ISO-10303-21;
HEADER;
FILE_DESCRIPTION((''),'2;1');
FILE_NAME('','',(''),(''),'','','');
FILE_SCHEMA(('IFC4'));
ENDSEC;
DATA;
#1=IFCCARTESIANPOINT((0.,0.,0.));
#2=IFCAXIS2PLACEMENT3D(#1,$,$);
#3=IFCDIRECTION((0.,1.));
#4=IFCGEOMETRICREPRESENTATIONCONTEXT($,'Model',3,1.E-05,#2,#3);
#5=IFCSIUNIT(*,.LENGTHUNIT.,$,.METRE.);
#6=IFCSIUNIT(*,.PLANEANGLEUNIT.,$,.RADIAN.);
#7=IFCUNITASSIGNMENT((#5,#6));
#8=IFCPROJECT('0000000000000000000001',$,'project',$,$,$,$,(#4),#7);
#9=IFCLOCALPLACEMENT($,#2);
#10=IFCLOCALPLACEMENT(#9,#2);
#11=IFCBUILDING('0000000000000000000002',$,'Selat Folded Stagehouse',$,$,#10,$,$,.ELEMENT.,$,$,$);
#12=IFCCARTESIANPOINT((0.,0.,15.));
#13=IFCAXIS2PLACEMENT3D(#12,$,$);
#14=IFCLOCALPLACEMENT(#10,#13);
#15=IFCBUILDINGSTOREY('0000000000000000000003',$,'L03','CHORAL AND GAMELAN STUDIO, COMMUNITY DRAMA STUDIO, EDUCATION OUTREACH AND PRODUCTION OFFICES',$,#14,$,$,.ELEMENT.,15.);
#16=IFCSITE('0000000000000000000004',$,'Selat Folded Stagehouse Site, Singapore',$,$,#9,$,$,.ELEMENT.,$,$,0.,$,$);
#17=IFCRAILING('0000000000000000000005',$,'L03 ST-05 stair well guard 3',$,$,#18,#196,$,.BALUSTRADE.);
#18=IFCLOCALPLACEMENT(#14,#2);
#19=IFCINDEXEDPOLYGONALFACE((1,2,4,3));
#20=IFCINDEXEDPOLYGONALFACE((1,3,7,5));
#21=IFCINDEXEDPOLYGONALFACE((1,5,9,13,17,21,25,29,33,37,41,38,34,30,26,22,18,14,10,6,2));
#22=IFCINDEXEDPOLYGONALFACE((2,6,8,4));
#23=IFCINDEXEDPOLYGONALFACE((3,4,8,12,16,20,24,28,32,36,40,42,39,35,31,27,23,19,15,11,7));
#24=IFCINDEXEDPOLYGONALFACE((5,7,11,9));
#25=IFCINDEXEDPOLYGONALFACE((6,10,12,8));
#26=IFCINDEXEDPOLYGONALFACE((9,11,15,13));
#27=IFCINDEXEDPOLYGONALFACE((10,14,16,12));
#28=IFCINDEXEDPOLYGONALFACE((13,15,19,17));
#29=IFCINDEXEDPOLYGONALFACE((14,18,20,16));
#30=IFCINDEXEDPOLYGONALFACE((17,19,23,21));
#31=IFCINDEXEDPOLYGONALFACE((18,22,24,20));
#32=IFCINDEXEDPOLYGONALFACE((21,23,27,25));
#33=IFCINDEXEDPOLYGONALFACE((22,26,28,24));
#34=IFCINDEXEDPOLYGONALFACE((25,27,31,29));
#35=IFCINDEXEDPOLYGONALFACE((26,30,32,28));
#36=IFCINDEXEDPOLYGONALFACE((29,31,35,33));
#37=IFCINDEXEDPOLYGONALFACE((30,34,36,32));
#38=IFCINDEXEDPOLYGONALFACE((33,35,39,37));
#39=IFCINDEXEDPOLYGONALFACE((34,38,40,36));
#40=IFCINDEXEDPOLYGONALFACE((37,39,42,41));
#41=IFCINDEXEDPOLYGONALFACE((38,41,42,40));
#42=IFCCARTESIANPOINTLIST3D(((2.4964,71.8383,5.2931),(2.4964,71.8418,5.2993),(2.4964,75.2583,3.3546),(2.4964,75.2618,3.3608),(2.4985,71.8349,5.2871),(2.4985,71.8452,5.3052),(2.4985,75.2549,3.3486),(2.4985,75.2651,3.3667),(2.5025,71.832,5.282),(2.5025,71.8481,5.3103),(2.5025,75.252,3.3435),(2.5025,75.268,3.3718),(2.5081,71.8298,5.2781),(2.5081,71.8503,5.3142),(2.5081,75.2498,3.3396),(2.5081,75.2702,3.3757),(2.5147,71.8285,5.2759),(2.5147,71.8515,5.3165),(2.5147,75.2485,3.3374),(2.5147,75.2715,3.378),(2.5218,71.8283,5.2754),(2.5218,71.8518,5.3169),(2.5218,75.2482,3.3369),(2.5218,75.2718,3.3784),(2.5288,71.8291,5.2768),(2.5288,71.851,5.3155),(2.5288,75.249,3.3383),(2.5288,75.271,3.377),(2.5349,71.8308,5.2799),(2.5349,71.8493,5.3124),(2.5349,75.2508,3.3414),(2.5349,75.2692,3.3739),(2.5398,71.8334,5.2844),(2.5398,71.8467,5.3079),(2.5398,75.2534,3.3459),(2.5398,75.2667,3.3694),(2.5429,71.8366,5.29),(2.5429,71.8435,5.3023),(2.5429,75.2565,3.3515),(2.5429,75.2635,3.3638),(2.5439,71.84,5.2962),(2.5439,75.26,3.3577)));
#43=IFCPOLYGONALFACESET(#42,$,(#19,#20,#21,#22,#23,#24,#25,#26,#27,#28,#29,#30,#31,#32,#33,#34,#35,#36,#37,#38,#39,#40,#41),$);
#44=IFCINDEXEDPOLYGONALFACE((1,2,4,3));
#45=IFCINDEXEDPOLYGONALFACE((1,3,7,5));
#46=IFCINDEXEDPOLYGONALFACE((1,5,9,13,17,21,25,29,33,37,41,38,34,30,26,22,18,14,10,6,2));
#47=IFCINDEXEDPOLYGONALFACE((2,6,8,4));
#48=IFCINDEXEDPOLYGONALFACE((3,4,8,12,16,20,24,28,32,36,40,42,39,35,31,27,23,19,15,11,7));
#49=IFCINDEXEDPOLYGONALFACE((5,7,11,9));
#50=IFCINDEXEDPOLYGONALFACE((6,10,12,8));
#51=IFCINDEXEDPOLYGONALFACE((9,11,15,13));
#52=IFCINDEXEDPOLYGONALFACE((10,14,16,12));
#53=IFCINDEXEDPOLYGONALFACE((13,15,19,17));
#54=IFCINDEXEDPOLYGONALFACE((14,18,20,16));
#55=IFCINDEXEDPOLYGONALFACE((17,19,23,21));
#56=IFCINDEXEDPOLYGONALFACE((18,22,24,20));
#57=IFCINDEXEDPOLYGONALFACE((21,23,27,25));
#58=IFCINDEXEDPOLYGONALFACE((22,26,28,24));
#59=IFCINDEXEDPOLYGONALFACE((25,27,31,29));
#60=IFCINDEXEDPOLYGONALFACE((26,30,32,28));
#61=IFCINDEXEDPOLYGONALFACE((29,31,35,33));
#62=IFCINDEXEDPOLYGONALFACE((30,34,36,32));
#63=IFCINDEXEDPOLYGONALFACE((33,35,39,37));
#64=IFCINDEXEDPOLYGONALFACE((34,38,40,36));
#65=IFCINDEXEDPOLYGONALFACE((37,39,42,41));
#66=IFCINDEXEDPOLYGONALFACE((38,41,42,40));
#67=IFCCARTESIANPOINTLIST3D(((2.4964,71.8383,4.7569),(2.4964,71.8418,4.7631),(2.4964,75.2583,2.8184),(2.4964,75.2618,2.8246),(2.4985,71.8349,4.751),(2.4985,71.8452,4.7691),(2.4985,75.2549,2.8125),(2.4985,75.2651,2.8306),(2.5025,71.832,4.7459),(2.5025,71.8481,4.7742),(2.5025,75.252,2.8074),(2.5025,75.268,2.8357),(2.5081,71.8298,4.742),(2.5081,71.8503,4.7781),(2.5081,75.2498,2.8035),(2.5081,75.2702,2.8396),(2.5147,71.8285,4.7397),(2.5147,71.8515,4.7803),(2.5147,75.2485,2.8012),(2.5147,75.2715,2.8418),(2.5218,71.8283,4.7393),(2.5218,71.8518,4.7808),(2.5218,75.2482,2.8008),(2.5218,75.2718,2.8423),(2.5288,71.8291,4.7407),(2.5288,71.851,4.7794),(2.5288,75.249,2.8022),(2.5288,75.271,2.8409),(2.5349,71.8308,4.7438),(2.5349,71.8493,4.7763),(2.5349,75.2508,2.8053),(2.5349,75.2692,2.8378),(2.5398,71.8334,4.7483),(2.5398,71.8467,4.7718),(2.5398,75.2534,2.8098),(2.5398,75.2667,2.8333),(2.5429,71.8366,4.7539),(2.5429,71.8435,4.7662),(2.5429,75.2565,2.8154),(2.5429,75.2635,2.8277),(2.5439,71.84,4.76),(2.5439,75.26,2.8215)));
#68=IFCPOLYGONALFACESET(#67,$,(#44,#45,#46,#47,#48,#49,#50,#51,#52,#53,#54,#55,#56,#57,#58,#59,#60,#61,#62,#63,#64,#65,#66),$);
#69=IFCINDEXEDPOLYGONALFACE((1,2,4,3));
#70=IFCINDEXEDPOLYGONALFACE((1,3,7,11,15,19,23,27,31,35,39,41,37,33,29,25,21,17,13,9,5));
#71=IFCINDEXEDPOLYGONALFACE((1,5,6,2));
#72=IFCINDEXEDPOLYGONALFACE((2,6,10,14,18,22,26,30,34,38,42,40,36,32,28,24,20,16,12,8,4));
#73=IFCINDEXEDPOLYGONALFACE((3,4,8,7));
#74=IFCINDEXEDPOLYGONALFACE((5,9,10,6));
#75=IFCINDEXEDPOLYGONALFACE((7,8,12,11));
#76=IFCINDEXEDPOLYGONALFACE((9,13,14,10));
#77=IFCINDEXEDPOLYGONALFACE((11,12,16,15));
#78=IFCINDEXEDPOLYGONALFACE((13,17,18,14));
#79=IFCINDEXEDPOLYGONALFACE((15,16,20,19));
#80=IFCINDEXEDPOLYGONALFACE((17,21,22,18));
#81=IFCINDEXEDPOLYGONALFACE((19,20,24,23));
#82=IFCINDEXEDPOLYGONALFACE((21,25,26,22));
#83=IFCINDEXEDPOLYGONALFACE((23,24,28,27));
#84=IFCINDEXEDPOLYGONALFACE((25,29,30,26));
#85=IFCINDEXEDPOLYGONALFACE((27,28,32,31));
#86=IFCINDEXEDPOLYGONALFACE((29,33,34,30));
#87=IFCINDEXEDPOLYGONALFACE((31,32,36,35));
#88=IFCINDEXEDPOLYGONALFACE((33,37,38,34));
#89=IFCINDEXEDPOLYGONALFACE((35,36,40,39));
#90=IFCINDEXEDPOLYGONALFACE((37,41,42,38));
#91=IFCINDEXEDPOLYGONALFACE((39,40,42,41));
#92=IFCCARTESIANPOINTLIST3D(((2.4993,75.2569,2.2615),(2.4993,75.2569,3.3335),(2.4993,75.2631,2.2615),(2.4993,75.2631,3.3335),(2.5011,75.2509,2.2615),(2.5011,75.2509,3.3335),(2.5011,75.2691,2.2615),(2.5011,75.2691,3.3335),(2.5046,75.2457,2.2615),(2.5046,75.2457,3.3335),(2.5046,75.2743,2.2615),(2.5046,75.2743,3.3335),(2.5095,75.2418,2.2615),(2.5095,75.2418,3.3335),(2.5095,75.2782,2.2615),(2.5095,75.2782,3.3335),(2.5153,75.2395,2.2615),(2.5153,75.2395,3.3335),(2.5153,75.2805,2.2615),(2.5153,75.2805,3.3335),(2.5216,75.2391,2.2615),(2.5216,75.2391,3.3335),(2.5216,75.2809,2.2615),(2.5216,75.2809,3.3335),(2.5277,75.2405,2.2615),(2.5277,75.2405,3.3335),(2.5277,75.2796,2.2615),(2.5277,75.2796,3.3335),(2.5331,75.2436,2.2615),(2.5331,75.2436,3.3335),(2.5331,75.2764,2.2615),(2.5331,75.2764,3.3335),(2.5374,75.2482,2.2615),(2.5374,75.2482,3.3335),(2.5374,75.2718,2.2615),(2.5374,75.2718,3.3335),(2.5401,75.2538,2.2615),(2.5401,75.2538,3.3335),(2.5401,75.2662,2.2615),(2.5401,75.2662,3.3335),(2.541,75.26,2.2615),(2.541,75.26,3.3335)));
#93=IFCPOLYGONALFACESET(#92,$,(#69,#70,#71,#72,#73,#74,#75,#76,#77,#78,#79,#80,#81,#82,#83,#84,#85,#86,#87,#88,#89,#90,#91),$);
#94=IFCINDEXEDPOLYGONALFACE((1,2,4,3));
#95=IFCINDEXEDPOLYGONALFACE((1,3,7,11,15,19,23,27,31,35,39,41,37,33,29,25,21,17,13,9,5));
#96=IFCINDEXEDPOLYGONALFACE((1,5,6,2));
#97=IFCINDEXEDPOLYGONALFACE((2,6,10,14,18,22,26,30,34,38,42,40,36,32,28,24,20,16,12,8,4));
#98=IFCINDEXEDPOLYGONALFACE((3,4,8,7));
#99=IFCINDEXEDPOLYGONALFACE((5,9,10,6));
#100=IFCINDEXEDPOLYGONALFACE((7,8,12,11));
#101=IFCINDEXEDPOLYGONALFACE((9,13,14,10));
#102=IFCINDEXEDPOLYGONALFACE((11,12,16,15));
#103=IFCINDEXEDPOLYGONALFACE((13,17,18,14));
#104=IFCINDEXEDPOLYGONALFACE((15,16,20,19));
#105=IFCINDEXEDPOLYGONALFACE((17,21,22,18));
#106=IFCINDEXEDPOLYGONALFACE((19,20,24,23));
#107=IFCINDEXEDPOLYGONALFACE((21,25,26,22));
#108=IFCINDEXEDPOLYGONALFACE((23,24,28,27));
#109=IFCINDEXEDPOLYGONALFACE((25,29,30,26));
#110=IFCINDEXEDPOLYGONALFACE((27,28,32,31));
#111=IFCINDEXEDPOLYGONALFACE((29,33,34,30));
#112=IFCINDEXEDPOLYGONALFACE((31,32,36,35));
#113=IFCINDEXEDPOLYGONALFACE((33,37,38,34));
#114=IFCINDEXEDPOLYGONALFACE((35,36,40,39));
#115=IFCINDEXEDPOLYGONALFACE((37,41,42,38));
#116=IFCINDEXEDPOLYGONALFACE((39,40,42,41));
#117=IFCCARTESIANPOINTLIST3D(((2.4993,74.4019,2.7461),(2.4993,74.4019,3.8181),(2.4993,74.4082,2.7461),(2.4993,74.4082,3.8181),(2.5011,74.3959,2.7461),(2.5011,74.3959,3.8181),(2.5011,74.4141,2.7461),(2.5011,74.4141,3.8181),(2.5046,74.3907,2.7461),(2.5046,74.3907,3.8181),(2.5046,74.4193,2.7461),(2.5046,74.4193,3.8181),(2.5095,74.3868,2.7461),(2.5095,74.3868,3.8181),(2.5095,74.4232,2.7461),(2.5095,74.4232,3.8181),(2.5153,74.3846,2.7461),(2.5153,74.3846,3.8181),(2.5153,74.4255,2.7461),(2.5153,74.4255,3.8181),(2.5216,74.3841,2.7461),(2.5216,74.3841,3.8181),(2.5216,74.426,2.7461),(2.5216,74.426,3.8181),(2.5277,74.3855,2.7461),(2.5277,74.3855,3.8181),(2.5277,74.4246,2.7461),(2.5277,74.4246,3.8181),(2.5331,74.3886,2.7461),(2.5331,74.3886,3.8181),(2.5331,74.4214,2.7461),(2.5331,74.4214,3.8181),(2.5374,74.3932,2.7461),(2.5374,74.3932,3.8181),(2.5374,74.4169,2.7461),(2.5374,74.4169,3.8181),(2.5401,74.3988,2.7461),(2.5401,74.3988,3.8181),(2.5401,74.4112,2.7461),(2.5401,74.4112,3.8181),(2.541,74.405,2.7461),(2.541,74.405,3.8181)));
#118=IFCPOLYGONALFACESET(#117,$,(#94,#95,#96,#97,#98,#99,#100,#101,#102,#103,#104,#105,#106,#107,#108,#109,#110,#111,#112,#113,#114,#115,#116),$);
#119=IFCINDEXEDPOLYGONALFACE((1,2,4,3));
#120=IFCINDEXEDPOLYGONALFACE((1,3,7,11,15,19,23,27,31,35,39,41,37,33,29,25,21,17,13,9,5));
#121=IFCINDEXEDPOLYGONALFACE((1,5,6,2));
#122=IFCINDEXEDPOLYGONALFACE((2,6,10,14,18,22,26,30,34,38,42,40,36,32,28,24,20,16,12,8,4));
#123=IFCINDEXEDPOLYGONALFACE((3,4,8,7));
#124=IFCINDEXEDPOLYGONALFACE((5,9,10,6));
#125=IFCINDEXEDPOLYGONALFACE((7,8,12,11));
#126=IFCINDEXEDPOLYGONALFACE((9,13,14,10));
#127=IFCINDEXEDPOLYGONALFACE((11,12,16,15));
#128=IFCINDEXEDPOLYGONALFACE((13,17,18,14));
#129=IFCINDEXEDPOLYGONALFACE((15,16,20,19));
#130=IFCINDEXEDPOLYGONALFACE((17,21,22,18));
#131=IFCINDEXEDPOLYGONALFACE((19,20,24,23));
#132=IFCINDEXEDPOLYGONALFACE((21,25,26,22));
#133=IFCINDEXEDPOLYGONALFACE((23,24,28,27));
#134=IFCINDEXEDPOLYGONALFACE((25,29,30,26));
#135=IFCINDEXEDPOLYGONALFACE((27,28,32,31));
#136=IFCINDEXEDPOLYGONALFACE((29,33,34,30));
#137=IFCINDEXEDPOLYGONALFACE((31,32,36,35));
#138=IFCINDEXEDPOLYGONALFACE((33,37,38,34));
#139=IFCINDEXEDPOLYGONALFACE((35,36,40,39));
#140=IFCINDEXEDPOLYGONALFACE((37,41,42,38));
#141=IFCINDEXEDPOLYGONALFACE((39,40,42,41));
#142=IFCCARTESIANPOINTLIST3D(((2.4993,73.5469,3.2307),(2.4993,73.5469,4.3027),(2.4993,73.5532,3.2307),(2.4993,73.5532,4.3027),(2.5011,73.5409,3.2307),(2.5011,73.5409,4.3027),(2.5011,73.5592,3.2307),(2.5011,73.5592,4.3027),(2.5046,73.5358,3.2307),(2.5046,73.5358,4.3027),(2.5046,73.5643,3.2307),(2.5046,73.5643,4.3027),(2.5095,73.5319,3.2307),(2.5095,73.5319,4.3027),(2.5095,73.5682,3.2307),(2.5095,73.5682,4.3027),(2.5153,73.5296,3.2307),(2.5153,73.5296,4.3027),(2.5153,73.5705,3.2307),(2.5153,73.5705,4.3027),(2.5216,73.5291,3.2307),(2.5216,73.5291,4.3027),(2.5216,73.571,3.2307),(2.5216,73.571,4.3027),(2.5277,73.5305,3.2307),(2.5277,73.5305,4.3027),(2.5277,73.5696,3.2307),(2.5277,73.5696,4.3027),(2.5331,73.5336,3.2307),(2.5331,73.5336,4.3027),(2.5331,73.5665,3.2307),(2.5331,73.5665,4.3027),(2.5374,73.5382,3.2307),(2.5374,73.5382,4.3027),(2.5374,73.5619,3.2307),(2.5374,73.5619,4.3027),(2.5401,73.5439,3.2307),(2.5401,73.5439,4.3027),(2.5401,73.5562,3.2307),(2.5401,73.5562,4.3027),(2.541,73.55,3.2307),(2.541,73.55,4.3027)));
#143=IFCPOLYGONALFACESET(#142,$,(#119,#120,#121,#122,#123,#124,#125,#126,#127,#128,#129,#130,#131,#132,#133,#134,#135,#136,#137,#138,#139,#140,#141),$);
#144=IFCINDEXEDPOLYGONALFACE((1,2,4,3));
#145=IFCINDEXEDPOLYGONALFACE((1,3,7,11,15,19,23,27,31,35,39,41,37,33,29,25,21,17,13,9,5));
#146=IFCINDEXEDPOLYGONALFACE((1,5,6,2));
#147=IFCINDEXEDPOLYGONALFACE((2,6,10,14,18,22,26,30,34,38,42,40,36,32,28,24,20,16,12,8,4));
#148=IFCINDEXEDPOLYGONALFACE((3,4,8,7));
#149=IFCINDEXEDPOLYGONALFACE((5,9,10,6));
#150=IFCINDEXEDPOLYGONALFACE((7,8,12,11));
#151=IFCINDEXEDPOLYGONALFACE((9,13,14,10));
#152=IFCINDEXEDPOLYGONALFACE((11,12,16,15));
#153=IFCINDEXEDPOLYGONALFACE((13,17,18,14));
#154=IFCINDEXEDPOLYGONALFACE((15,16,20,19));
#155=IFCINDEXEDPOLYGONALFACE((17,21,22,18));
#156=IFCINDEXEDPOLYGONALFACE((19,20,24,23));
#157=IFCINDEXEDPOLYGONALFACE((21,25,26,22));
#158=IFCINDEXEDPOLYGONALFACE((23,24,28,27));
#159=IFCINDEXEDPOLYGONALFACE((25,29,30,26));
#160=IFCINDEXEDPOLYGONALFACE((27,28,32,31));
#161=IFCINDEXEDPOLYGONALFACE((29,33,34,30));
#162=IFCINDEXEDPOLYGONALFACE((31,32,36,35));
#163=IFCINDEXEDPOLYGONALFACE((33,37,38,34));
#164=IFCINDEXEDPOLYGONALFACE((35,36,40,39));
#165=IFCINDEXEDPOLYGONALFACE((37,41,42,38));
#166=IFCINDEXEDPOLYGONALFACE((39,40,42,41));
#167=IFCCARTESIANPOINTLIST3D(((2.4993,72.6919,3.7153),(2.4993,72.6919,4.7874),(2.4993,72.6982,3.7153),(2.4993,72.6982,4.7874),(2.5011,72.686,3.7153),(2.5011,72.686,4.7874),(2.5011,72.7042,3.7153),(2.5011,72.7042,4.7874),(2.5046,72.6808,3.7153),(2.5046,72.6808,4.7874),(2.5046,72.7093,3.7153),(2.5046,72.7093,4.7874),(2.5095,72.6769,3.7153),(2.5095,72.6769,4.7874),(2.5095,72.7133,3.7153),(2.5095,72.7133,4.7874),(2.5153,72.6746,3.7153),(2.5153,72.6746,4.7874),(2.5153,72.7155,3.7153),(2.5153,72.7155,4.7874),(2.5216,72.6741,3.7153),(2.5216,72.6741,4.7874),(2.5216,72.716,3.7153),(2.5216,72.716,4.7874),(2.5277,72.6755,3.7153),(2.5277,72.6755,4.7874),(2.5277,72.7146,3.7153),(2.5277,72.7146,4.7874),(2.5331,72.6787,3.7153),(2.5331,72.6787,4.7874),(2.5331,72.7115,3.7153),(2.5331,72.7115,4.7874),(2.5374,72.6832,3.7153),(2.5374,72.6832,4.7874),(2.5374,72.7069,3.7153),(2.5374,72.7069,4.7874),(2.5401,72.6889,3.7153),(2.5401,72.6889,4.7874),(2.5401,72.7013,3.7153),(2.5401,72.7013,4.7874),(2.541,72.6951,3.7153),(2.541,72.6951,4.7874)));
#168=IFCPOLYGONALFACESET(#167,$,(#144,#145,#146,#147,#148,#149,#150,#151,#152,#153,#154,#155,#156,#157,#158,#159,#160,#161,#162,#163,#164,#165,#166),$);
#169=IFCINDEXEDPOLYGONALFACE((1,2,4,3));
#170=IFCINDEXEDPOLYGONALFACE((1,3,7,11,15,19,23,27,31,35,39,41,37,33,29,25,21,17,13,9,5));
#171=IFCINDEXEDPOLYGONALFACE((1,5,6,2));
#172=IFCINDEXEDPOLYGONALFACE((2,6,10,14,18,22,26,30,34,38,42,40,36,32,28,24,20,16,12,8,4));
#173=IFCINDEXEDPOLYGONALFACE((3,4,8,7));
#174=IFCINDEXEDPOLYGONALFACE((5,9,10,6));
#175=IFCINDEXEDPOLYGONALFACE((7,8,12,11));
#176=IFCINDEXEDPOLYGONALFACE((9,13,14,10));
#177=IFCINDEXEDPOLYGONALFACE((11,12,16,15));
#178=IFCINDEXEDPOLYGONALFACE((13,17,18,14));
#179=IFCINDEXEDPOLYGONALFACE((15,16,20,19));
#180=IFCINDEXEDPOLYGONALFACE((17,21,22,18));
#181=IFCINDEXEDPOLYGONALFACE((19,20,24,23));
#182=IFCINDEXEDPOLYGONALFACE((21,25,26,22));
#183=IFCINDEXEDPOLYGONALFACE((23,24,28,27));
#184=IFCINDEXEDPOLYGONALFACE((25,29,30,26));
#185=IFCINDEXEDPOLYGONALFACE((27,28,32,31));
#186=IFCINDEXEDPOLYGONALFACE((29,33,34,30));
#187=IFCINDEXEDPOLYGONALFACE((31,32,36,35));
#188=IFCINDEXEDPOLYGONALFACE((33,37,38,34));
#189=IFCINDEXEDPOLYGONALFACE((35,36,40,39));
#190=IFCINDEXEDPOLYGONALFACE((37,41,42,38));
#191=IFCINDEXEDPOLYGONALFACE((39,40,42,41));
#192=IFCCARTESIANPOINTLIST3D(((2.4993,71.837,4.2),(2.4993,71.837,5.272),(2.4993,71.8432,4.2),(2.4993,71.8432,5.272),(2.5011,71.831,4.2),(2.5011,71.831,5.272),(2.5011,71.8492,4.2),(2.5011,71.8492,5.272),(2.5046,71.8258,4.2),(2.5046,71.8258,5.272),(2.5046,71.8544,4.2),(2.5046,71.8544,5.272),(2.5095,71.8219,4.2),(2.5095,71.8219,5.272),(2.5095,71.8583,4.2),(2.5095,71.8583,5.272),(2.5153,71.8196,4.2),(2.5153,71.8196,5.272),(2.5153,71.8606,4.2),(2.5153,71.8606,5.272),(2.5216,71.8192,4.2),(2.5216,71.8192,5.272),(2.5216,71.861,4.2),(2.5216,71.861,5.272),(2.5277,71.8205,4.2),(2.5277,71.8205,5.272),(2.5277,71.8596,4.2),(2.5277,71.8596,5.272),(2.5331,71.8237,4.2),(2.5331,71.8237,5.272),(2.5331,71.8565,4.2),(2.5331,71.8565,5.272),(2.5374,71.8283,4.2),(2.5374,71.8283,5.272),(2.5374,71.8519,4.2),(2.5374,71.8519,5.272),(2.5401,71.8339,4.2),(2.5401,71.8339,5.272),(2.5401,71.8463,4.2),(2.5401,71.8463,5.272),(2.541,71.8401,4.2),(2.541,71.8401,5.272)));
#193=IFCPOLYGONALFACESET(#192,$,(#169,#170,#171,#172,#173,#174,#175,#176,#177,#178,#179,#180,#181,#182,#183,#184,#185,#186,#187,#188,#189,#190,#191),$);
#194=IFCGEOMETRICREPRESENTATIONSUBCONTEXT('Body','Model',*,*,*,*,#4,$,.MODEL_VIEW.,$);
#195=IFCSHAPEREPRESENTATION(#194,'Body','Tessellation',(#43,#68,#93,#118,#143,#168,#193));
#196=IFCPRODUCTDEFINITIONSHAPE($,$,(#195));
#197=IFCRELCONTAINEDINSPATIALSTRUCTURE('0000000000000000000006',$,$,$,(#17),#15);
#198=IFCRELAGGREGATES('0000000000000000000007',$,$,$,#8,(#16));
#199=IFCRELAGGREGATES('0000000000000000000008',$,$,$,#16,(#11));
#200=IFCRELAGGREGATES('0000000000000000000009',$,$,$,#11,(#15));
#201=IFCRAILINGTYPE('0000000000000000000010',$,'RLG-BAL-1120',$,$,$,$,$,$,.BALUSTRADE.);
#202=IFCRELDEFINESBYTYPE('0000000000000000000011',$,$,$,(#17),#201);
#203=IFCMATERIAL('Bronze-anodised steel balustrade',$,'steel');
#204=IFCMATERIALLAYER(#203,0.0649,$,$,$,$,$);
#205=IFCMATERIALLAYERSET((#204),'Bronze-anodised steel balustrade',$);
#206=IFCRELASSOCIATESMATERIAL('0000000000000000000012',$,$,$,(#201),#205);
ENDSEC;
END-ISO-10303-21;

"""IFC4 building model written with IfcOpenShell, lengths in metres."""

from ifc_helpers import new_model, si_unit, direction, frame, origin, origin_2d, place, context, subcontext, project, spatial, circle, extrude, material, layer, layer_set, type_object, element, save


model = new_model("IFC4")

# Units and contexts
model_context = context("Model", 3, precision=1e-05, world=origin(), true_north=direction((0.0, 1.0)))
body_context = subcontext(model_context, "Body", "Model", "MODEL_VIEW")
ifc_project = project(units=[si_unit("LENGTHUNIT", "METRE"), si_unit("PLANEANGLEUNIT", "RADIAN")], contexts=[model_context])

# Site, building, storey
site_placement = place(None, origin())
site = spatial("IfcSite", under=ifc_project, at=site_placement, Name="Selat Folded Stagehouse Site, Singapore", CompositionType="ELEMENT", RefElevation=0.0)
building_placement = place(site_placement, origin())
building = spatial("IfcBuilding", under=site, at=building_placement, Name="Selat Folded Stagehouse", CompositionType="ELEMENT")
storey_placement = place(building_placement, frame((0.0, 0.0, 15.0)))
storey = spatial("IfcBuildingStorey", under=building, at=storey_placement, Name="L03", Description="CHORAL AND GAMELAN STUDIO, COMMUNITY DRAMA STUDIO, EDUCATION OUTREACH AND PRODUCTION OFFICES", CompositionType="ELEMENT", Elevation=15.0)

# Railing
ifc_material_1 = material(Name="Bronze-anodised steel balustrade", Category="steel")
ifc_layer_1 = layer(ifc_material_1, 0.0649)
ifc_layer_set_1 = layer_set([ifc_layer_1], Name="Bronze-anodised steel balustrade")
railing_type_1 = type_object("IfcRailingType", Name="RLG-BAL-1120", PredefinedType="BALUSTRADE", material=ifc_layer_set_1)
railing_1_placement = place(storey_placement, frame((2.52, 75.26, 2.2615)))
element("IfcRailing", 1, at=railing_1_placement, inside=storey, type_object=railing_type_1, Name="L03 ST-05 stair well guard 3", PredefinedType="BALUSTRADE", context=body_context, shape_type="SweptSolid", body=[
    extrude(circle(Radius=0.0239, at=origin_2d()), frame((0.0, 0.0, 1.0962), z_axis=(0.0, -0.869965, 0.493113), x_axis=(1.0, 0.0, 0.0)), (0.0, 0.0, 1.0), 3.9312),
    extrude(circle(Radius=0.0239, at=origin_2d()), frame((0.0, 0.0, 0.5601), z_axis=(0.0, -0.869965, 0.493113), x_axis=(1.0, 0.0, 0.0)), (0.0, 0.0, 1.0), 3.9312),
    extrude(circle(Radius=0.021, at=origin_2d()), origin(), (0.0, 0.0, 1.0), 1.072),
    extrude(circle(Radius=0.021, at=origin_2d()), frame((0.0, -0.855, 0.4846)), (0.0, 0.0, 1.0), 1.072),
    extrude(circle(Radius=0.021, at=origin_2d()), frame((0.0, -1.71, 0.9692)), (0.0, 0.0, 1.0), 1.072),
    extrude(circle(Radius=0.021, at=origin_2d()), frame((0.0, -2.5649, 1.4539)), (0.0, 0.0, 1.0), 1.072),
    extrude(circle(Radius=0.021, at=origin_2d()), frame((0.0, -3.4199, 1.9385)), (0.0, 0.0, 1.0), 1.072),
])

save(model, "model.ifc")
